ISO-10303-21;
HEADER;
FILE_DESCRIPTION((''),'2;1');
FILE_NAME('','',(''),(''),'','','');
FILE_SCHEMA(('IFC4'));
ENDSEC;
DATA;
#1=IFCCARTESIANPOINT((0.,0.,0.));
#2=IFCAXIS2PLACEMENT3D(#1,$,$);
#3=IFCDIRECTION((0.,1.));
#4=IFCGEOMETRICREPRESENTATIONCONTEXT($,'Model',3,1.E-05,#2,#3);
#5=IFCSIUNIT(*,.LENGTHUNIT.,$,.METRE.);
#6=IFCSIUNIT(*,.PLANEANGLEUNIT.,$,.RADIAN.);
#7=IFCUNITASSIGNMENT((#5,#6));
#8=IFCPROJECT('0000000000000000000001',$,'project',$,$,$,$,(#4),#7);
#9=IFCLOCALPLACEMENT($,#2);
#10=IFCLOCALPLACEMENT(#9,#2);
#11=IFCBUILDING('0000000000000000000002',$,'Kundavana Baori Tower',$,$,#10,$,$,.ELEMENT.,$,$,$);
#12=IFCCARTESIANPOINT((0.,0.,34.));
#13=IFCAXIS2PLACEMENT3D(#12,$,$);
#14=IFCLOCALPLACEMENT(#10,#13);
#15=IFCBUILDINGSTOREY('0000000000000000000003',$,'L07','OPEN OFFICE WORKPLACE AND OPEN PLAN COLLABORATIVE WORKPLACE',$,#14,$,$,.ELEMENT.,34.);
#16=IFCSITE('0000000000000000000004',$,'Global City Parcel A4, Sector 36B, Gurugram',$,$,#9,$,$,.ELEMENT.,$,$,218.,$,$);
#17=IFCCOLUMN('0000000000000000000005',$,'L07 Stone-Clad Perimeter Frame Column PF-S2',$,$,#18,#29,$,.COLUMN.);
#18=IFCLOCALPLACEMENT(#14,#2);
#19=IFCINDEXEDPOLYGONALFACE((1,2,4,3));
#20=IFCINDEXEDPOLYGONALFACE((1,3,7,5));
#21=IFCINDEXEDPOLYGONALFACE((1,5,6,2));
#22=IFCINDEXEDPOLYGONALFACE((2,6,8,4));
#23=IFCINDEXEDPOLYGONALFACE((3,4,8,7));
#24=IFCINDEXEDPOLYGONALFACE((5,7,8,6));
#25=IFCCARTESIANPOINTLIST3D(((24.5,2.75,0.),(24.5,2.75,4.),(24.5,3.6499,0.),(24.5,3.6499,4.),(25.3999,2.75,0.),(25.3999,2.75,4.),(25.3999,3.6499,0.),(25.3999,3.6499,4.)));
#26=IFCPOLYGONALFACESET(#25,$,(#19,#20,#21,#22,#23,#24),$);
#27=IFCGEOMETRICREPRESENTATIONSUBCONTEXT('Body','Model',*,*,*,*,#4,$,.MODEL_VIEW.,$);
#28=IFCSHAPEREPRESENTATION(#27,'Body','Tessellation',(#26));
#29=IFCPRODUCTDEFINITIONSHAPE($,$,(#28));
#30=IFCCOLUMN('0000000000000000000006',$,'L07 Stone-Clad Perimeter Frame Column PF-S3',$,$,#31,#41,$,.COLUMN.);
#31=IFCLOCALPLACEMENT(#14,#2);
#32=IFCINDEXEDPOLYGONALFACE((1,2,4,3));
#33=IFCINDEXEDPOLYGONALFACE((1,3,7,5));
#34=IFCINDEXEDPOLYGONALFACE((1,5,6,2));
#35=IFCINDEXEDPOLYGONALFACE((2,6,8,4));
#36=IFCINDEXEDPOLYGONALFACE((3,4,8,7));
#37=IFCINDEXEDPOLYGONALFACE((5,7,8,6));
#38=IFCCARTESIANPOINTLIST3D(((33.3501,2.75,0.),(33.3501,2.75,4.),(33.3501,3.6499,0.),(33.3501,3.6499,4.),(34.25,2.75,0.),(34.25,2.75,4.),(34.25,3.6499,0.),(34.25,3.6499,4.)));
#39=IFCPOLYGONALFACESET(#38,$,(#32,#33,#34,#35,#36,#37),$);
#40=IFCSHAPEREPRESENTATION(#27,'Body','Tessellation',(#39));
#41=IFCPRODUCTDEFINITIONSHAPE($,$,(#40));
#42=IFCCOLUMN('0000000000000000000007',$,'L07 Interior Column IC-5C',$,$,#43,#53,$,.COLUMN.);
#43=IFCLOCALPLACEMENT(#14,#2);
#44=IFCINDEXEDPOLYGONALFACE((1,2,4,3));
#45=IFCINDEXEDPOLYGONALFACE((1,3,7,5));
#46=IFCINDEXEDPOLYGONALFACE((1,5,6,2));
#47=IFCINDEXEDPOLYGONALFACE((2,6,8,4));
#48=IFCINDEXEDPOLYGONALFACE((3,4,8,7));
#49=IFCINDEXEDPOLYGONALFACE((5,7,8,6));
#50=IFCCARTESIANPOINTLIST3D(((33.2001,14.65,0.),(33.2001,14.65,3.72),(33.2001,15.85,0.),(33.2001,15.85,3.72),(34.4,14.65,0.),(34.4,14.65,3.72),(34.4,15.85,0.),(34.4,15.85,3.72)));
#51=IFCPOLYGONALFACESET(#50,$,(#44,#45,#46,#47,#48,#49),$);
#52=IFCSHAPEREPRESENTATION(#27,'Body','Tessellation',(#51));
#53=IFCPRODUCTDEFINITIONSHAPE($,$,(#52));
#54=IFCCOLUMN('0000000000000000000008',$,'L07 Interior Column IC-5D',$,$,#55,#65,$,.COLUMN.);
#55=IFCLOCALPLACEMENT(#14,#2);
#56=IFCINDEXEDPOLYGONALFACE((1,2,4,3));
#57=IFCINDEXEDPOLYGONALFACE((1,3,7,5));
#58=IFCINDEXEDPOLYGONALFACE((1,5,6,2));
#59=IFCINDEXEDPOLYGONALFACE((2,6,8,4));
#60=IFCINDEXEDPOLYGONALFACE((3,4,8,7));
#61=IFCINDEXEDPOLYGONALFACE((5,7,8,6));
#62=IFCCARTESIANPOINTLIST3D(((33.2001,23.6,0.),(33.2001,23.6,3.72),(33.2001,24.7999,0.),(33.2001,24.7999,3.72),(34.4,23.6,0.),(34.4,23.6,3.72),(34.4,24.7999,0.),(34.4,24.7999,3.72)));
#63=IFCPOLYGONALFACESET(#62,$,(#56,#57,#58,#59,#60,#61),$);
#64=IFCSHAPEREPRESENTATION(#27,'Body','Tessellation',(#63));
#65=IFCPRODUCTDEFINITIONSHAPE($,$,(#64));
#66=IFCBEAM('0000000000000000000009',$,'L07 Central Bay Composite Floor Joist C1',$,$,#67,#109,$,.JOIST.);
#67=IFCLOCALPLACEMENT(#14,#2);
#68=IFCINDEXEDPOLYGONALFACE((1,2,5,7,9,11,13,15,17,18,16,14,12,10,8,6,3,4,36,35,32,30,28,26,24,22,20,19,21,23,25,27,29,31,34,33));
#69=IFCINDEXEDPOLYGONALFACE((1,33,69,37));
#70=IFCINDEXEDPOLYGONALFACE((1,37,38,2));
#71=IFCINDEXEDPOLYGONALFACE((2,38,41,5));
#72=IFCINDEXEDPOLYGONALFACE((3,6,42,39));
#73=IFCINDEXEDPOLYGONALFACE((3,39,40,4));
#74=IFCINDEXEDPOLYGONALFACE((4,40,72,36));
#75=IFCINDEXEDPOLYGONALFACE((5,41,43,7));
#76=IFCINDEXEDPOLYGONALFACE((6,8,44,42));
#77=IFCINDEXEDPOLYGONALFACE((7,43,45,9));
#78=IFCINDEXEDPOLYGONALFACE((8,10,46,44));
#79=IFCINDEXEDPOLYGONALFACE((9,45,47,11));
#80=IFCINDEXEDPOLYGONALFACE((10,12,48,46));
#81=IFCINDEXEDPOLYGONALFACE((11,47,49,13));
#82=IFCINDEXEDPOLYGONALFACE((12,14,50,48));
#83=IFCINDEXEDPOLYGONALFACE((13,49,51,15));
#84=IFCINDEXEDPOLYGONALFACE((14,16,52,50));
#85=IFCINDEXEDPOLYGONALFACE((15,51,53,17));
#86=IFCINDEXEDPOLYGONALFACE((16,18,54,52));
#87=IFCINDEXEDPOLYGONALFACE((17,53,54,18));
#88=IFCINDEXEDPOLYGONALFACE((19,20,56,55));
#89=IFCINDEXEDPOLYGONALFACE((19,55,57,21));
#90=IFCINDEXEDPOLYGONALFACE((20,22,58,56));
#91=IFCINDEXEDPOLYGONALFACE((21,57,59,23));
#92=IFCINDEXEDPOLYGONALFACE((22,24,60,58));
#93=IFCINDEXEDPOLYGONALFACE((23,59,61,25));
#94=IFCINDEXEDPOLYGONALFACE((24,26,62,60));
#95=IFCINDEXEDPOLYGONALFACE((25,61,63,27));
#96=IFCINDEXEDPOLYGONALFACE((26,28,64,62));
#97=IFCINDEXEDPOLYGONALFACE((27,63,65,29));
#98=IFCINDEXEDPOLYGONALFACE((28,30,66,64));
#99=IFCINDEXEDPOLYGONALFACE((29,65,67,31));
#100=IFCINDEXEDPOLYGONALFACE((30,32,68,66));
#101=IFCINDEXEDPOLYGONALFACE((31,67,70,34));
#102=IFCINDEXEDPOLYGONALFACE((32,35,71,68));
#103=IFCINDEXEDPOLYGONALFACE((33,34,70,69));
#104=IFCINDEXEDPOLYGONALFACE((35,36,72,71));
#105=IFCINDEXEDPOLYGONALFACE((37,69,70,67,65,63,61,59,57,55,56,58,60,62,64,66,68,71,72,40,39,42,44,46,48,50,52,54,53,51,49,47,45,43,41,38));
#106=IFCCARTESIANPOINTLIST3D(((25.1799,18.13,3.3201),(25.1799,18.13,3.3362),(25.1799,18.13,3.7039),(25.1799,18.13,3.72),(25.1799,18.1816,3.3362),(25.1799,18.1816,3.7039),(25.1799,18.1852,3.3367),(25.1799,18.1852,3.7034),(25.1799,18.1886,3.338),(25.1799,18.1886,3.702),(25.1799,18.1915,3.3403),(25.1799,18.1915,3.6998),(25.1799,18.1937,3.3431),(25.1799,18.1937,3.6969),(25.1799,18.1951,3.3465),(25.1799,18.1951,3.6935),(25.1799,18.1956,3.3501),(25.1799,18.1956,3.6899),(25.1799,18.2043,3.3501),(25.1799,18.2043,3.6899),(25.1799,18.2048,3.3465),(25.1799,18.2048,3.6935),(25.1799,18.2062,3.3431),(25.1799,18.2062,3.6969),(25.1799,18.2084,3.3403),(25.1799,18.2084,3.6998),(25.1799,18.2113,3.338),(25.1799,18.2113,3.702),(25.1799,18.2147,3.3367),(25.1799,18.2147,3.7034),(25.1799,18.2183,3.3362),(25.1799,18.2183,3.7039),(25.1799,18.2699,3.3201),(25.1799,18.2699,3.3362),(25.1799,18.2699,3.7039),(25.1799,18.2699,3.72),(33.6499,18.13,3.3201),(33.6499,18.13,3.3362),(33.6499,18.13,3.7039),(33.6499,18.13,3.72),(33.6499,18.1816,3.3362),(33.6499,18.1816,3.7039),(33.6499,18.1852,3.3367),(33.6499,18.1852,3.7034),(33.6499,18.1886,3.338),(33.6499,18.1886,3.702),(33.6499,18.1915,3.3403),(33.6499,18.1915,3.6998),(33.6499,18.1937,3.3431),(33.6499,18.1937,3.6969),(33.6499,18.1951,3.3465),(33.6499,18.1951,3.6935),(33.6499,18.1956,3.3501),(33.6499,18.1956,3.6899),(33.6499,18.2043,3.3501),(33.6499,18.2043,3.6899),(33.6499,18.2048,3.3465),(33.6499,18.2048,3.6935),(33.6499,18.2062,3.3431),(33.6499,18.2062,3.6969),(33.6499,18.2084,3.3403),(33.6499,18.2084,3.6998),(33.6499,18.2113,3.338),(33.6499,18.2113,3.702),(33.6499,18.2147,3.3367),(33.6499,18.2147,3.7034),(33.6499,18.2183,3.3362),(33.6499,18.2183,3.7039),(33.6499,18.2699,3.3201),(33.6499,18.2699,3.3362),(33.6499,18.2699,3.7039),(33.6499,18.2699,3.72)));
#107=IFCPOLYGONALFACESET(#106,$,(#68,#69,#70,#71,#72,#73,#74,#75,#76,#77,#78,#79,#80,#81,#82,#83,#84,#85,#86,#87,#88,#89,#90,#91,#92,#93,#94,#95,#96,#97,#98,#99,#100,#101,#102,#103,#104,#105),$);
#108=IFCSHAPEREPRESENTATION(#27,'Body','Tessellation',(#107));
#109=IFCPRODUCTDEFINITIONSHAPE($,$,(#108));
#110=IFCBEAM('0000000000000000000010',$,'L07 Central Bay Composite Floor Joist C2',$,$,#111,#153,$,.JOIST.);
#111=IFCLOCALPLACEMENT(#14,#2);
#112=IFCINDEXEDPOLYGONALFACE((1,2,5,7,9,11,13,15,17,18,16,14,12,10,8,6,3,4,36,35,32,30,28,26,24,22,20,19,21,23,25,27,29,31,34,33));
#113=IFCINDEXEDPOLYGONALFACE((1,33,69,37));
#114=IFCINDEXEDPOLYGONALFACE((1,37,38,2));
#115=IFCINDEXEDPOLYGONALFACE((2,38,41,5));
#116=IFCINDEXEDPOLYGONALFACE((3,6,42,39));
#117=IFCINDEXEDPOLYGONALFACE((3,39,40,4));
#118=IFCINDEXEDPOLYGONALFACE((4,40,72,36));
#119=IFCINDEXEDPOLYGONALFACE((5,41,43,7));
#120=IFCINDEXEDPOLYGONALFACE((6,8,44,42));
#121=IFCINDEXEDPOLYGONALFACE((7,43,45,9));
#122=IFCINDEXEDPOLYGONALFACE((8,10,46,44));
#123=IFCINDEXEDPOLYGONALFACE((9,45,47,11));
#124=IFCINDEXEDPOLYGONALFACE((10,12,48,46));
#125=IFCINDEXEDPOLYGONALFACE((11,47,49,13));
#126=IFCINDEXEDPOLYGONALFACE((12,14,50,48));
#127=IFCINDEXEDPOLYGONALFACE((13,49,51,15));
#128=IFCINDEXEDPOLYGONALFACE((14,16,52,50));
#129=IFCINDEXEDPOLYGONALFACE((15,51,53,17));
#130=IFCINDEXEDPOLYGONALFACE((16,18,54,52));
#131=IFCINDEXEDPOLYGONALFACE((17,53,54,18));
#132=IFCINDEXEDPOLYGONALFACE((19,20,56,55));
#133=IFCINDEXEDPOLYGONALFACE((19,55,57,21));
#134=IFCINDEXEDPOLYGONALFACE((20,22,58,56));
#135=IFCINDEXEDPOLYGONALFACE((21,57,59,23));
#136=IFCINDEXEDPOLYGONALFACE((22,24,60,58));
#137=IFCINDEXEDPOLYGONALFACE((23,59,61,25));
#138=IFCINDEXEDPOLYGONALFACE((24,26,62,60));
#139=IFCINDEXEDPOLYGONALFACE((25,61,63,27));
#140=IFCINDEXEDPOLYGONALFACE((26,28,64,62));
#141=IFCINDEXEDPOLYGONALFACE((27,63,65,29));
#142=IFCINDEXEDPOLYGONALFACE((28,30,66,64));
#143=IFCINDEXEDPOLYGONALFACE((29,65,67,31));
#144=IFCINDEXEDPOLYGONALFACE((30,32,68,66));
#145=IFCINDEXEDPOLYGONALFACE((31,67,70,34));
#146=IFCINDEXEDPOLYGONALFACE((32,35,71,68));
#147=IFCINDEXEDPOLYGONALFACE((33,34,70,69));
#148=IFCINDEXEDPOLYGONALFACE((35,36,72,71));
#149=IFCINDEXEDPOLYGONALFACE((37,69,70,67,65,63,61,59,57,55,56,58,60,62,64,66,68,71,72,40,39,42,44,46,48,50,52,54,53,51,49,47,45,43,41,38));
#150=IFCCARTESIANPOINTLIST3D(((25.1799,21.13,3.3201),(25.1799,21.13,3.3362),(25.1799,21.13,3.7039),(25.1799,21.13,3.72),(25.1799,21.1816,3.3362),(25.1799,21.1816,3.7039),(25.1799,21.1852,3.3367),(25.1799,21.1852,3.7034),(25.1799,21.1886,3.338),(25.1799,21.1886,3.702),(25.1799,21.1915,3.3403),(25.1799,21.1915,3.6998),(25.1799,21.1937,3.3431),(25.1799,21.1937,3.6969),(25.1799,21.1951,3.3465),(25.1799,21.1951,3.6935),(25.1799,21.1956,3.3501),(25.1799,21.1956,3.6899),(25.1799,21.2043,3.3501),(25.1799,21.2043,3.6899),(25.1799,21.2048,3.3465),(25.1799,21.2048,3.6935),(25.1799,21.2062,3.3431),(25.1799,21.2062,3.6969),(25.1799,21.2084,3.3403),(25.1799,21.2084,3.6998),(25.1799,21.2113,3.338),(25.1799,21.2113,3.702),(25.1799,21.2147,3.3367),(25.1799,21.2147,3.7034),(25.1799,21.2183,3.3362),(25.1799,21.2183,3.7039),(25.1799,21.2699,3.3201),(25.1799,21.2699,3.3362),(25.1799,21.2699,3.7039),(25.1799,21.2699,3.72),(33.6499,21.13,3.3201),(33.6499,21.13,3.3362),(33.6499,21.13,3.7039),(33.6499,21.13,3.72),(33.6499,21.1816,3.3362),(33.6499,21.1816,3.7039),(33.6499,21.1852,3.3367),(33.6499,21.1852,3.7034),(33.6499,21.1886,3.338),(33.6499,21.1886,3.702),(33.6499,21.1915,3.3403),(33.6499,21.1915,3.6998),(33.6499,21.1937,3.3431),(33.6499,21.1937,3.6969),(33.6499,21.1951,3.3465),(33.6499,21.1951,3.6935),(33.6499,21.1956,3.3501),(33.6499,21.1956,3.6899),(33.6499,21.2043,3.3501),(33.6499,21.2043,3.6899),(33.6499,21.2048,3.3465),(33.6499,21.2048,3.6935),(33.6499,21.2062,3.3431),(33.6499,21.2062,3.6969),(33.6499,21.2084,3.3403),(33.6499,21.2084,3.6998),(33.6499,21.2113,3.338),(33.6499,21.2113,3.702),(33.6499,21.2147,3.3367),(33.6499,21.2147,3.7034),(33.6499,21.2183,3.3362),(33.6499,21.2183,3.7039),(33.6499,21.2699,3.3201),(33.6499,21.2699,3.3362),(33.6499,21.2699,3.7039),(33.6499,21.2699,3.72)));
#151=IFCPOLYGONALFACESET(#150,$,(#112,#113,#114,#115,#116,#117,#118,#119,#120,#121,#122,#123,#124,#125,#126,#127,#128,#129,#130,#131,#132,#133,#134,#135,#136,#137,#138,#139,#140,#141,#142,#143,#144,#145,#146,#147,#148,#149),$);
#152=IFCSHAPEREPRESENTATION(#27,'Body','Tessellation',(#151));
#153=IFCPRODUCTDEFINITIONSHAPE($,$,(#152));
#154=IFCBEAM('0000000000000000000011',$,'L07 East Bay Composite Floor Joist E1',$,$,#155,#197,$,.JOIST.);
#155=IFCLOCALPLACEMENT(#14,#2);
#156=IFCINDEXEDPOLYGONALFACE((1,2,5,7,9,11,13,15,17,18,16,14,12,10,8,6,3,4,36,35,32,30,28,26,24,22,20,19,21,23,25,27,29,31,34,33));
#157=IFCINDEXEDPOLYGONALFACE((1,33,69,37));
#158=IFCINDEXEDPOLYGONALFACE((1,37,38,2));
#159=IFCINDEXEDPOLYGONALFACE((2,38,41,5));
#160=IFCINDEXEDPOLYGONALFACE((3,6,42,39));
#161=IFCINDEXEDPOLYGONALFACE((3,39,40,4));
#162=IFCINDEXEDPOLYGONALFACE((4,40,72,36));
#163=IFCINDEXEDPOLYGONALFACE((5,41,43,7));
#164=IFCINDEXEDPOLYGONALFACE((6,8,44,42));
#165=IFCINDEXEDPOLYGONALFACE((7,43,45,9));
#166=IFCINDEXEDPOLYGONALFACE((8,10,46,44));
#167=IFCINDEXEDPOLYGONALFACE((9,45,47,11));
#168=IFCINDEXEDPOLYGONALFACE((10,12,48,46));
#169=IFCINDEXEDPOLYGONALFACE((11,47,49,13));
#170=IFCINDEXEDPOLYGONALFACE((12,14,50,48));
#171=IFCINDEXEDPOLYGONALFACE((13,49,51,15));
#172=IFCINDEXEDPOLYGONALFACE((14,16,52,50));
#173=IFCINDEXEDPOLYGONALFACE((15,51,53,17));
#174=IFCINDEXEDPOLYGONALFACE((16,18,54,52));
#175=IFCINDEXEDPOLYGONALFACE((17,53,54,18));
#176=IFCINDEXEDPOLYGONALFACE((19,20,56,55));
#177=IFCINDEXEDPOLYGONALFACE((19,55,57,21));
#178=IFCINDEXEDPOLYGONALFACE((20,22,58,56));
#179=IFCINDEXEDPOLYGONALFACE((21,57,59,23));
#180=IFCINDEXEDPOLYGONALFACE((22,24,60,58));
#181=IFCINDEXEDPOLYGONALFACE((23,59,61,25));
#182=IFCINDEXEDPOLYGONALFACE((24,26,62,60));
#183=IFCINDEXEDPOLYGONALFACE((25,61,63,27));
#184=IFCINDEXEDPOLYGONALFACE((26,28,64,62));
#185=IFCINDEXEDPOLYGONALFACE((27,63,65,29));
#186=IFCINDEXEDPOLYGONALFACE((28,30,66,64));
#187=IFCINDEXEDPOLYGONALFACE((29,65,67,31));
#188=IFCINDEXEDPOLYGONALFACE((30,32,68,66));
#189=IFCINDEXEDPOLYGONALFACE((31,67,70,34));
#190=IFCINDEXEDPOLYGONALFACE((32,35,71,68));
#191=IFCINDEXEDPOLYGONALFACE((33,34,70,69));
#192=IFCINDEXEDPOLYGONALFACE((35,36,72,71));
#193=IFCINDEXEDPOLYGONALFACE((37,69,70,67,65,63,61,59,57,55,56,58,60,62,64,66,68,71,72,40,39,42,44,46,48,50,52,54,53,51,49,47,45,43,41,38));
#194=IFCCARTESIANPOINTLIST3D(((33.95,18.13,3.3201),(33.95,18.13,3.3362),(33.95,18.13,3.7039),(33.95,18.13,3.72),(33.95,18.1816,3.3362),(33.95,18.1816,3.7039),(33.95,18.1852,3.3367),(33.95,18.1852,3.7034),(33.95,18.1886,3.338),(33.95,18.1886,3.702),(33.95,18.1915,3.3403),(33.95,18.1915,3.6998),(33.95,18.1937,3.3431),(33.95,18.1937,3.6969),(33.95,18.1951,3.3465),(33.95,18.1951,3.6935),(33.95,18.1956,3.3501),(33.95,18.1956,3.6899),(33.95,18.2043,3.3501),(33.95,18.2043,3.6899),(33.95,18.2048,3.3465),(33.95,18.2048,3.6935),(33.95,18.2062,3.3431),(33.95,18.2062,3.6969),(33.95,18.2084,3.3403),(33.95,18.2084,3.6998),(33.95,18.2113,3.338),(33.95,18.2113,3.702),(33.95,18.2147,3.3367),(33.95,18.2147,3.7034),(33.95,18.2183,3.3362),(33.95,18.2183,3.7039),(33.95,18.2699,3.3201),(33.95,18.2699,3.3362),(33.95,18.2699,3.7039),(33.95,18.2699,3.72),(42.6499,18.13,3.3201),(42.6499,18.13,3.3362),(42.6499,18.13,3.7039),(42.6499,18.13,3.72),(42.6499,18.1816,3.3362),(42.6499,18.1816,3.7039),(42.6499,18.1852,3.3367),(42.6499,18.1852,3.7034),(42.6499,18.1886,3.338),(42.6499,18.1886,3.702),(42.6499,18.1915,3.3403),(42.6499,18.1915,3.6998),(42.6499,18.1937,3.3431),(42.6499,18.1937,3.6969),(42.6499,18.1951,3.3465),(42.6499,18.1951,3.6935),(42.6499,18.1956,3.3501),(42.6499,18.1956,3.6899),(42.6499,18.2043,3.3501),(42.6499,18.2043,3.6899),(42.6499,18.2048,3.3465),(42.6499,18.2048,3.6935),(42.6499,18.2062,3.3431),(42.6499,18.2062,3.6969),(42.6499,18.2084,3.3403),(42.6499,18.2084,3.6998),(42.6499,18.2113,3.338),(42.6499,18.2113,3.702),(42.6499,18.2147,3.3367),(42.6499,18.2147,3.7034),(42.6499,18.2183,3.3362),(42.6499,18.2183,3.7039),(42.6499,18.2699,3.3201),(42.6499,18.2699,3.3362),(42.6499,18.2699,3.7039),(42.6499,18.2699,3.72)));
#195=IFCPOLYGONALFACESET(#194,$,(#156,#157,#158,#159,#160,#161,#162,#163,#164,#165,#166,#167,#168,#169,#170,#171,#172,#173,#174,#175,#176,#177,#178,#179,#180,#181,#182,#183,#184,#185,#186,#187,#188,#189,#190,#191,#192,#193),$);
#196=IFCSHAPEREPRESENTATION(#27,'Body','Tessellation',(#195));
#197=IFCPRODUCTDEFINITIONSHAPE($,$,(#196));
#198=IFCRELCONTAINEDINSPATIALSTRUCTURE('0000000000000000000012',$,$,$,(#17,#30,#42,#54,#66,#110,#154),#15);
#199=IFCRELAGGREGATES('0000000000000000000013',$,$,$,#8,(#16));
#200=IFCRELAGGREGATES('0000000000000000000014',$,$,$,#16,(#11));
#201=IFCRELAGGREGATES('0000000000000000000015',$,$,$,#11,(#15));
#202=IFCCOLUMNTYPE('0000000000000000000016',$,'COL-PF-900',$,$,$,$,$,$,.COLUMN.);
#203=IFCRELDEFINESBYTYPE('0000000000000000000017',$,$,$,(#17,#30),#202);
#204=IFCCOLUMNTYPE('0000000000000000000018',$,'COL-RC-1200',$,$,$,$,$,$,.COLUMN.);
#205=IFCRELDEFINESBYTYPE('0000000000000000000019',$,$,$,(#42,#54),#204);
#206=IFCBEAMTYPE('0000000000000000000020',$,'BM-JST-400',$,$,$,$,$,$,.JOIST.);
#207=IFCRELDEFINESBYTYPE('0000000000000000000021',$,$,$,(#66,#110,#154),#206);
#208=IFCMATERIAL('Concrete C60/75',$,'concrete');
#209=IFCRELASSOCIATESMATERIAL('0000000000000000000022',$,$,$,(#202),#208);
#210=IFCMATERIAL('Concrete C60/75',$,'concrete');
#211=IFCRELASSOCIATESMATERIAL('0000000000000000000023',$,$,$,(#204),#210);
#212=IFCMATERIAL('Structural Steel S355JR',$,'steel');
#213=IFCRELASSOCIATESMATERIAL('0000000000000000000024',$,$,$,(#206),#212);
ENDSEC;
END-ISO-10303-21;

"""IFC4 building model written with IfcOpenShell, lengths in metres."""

from ifc_helpers import new_model, si_unit, direction, frame, origin, origin_2d, place, context, subcontext, project, spatial, rectangle, i_section, extrude, material, material_profile, profile_set, type_object, element, save


model = new_model("IFC4")

# Units and contexts
model_context = context("Model", 3, precision=1e-05, world=origin(), true_north=direction((0.0, 1.0)))
body_context = subcontext(model_context, "Body", "Model", "MODEL_VIEW")
ifc_project = project(units=[si_unit("LENGTHUNIT", "METRE"), si_unit("PLANEANGLEUNIT", "RADIAN")], contexts=[model_context])

# Site, building, storey
site_placement = place(None, origin())
site = spatial("IfcSite", under=ifc_project, at=site_placement, Name="Global City Parcel A4, Sector 36B, Gurugram", CompositionType="ELEMENT", RefElevation=218.0)
building_placement = place(site_placement, origin())
building = spatial("IfcBuilding", under=site, at=building_placement, Name="Kundavana Baori Tower", CompositionType="ELEMENT")
storey_placement = place(building_placement, frame((0.0, 0.0, 34.0)))
storey = spatial("IfcBuildingStorey", under=building, at=storey_placement, Name="L07", Description="OPEN OFFICE WORKPLACE AND OPEN PLAN COLLABORATIVE WORKPLACE", CompositionType="ELEMENT", Elevation=34.0)

# Columns
ifc_material_1 = material(Name="Concrete C60/75", Category="concrete")
ifc_material_profile_1 = material_profile(ifc_material_1, rectangle(XDim=0.8999, YDim=0.8999, at=origin_2d()), Name="RC PF 900x900")
ifc_profile_set_1 = profile_set([ifc_material_profile_1], Name="Concrete C60/75")
column_type_1 = type_object("IfcColumnType", Name="COL-PF-900", PredefinedType="COLUMN", material=ifc_profile_set_1)
for number, where, z_axis, x_axis, name in (
    (1, (24.95, 3.2, 0.0), (0.0, 0.0, 1.0), (1.0, 0.0, 0.0), "L07 Stone-Clad Perimeter Frame Column PF-S2"),
    (2, (33.8, 3.2, 0.0), (0.0, 0.0, 1.0), (1.0, 0.0, 0.0), "L07 Stone-Clad Perimeter Frame Column PF-S3"),
):
    element("IfcColumn", number, at=place(storey_placement, frame(where, z_axis=z_axis, x_axis=x_axis)), inside=storey, type_object=column_type_1, Name=name, PredefinedType="COLUMN", context=body_context, shape_type="SweptSolid", body=[
        extrude(rectangle(XDim=0.8999, YDim=0.8999, at=origin_2d()), origin(), (0.0, 0.0, 1.0), 4.0),
    ])
ifc_material_2 = material(Name="Concrete C60/75", Category="concrete")
ifc_material_profile_2 = material_profile(ifc_material_2, rectangle(XDim=1.2, YDim=1.2, at=origin_2d()), Name="RC 1200x1200")
ifc_profile_set_2 = profile_set([ifc_material_profile_2], Name="Concrete C60/75")
column_type_2 = type_object("IfcColumnType", Name="COL-RC-1200", PredefinedType="COLUMN", material=ifc_profile_set_2)
for number, where, z_axis, x_axis, name in (
    (3, (33.8, 15.25, 0.0), (0.0, 0.0, 1.0), (1.0, 0.0, 0.0), "L07 Interior Column IC-5C"),
    (4, (33.8, 24.2, 0.0), (0.0, 0.0, 1.0), (1.0, 0.0, 0.0), "L07 Interior Column IC-5D"),
):
    element("IfcColumn", number, at=place(storey_placement, frame(where, z_axis=z_axis, x_axis=x_axis)), inside=storey, type_object=column_type_2, Name=name, PredefinedType="COLUMN", context=body_context, shape_type="SweptSolid", body=[
        extrude(rectangle(XDim=1.2, YDim=1.2, at=origin_2d()), origin(), (0.0, 0.0, 1.0), 3.72),
    ])

# Beams
ifc_material_3 = material(Name="Structural Steel S355JR", Category="steel")
ifc_material_profile_3 = material_profile(ifc_material_3, i_section(OverallWidth=0.1399, OverallDepth=0.3999, WebThickness=0.0088, FlangeThickness=0.0161, FilletRadius=0.0139, at=origin_2d()), Name="ISMB 400")
ifc_profile_set_3 = profile_set([ifc_material_profile_3], Name="Structural Steel S355JR")
beam_type_1 = type_object("IfcBeamType", Name="BM-JST-400", PredefinedType="JOIST", material=ifc_profile_set_3)
for number, where, z_axis, x_axis, name in (
    (5, (25.1799, 18.2, 3.52), (1.0, 0.0, 0.0), (0.0, 1.0, 0.0), "L07 Central Bay Composite Floor Joist C1"),
    (6, (25.1799, 21.2, 3.52), (1.0, 0.0, 0.0), (0.0, 1.0, 0.0), "L07 Central Bay Composite Floor Joist C2"),
):
    element("IfcBeam", number, at=place(storey_placement, frame(where, z_axis=z_axis, x_axis=x_axis)), inside=storey, type_object=beam_type_1, Name=name, PredefinedType="JOIST", context=body_context, shape_type="SweptSolid", body=[
        extrude(i_section(OverallWidth=0.1399, OverallDepth=0.3999, WebThickness=0.0088, FlangeThickness=0.0161, FilletRadius=0.0139, at=origin_2d()), origin(), (0.0, 0.0, 1.0), 8.47),
    ])
beam_1_placement = place(storey_placement, frame((33.95, 18.2, 3.52), z_axis=(1.0, 0.0, 0.0), x_axis=(0.0, 1.0, 0.0)))
element("IfcBeam", 7, at=beam_1_placement, inside=storey, type_object=beam_type_1, Name="L07 East Bay Composite Floor Joist E1", PredefinedType="JOIST", context=body_context, shape_type="SweptSolid", body=[
    extrude(i_section(OverallWidth=0.1399, OverallDepth=0.3999, WebThickness=0.0088, FlangeThickness=0.0161, FilletRadius=0.0139, at=origin_2d()), origin(), (0.0, 0.0, 1.0), 8.7),
])

save(model, "model.ifc")
